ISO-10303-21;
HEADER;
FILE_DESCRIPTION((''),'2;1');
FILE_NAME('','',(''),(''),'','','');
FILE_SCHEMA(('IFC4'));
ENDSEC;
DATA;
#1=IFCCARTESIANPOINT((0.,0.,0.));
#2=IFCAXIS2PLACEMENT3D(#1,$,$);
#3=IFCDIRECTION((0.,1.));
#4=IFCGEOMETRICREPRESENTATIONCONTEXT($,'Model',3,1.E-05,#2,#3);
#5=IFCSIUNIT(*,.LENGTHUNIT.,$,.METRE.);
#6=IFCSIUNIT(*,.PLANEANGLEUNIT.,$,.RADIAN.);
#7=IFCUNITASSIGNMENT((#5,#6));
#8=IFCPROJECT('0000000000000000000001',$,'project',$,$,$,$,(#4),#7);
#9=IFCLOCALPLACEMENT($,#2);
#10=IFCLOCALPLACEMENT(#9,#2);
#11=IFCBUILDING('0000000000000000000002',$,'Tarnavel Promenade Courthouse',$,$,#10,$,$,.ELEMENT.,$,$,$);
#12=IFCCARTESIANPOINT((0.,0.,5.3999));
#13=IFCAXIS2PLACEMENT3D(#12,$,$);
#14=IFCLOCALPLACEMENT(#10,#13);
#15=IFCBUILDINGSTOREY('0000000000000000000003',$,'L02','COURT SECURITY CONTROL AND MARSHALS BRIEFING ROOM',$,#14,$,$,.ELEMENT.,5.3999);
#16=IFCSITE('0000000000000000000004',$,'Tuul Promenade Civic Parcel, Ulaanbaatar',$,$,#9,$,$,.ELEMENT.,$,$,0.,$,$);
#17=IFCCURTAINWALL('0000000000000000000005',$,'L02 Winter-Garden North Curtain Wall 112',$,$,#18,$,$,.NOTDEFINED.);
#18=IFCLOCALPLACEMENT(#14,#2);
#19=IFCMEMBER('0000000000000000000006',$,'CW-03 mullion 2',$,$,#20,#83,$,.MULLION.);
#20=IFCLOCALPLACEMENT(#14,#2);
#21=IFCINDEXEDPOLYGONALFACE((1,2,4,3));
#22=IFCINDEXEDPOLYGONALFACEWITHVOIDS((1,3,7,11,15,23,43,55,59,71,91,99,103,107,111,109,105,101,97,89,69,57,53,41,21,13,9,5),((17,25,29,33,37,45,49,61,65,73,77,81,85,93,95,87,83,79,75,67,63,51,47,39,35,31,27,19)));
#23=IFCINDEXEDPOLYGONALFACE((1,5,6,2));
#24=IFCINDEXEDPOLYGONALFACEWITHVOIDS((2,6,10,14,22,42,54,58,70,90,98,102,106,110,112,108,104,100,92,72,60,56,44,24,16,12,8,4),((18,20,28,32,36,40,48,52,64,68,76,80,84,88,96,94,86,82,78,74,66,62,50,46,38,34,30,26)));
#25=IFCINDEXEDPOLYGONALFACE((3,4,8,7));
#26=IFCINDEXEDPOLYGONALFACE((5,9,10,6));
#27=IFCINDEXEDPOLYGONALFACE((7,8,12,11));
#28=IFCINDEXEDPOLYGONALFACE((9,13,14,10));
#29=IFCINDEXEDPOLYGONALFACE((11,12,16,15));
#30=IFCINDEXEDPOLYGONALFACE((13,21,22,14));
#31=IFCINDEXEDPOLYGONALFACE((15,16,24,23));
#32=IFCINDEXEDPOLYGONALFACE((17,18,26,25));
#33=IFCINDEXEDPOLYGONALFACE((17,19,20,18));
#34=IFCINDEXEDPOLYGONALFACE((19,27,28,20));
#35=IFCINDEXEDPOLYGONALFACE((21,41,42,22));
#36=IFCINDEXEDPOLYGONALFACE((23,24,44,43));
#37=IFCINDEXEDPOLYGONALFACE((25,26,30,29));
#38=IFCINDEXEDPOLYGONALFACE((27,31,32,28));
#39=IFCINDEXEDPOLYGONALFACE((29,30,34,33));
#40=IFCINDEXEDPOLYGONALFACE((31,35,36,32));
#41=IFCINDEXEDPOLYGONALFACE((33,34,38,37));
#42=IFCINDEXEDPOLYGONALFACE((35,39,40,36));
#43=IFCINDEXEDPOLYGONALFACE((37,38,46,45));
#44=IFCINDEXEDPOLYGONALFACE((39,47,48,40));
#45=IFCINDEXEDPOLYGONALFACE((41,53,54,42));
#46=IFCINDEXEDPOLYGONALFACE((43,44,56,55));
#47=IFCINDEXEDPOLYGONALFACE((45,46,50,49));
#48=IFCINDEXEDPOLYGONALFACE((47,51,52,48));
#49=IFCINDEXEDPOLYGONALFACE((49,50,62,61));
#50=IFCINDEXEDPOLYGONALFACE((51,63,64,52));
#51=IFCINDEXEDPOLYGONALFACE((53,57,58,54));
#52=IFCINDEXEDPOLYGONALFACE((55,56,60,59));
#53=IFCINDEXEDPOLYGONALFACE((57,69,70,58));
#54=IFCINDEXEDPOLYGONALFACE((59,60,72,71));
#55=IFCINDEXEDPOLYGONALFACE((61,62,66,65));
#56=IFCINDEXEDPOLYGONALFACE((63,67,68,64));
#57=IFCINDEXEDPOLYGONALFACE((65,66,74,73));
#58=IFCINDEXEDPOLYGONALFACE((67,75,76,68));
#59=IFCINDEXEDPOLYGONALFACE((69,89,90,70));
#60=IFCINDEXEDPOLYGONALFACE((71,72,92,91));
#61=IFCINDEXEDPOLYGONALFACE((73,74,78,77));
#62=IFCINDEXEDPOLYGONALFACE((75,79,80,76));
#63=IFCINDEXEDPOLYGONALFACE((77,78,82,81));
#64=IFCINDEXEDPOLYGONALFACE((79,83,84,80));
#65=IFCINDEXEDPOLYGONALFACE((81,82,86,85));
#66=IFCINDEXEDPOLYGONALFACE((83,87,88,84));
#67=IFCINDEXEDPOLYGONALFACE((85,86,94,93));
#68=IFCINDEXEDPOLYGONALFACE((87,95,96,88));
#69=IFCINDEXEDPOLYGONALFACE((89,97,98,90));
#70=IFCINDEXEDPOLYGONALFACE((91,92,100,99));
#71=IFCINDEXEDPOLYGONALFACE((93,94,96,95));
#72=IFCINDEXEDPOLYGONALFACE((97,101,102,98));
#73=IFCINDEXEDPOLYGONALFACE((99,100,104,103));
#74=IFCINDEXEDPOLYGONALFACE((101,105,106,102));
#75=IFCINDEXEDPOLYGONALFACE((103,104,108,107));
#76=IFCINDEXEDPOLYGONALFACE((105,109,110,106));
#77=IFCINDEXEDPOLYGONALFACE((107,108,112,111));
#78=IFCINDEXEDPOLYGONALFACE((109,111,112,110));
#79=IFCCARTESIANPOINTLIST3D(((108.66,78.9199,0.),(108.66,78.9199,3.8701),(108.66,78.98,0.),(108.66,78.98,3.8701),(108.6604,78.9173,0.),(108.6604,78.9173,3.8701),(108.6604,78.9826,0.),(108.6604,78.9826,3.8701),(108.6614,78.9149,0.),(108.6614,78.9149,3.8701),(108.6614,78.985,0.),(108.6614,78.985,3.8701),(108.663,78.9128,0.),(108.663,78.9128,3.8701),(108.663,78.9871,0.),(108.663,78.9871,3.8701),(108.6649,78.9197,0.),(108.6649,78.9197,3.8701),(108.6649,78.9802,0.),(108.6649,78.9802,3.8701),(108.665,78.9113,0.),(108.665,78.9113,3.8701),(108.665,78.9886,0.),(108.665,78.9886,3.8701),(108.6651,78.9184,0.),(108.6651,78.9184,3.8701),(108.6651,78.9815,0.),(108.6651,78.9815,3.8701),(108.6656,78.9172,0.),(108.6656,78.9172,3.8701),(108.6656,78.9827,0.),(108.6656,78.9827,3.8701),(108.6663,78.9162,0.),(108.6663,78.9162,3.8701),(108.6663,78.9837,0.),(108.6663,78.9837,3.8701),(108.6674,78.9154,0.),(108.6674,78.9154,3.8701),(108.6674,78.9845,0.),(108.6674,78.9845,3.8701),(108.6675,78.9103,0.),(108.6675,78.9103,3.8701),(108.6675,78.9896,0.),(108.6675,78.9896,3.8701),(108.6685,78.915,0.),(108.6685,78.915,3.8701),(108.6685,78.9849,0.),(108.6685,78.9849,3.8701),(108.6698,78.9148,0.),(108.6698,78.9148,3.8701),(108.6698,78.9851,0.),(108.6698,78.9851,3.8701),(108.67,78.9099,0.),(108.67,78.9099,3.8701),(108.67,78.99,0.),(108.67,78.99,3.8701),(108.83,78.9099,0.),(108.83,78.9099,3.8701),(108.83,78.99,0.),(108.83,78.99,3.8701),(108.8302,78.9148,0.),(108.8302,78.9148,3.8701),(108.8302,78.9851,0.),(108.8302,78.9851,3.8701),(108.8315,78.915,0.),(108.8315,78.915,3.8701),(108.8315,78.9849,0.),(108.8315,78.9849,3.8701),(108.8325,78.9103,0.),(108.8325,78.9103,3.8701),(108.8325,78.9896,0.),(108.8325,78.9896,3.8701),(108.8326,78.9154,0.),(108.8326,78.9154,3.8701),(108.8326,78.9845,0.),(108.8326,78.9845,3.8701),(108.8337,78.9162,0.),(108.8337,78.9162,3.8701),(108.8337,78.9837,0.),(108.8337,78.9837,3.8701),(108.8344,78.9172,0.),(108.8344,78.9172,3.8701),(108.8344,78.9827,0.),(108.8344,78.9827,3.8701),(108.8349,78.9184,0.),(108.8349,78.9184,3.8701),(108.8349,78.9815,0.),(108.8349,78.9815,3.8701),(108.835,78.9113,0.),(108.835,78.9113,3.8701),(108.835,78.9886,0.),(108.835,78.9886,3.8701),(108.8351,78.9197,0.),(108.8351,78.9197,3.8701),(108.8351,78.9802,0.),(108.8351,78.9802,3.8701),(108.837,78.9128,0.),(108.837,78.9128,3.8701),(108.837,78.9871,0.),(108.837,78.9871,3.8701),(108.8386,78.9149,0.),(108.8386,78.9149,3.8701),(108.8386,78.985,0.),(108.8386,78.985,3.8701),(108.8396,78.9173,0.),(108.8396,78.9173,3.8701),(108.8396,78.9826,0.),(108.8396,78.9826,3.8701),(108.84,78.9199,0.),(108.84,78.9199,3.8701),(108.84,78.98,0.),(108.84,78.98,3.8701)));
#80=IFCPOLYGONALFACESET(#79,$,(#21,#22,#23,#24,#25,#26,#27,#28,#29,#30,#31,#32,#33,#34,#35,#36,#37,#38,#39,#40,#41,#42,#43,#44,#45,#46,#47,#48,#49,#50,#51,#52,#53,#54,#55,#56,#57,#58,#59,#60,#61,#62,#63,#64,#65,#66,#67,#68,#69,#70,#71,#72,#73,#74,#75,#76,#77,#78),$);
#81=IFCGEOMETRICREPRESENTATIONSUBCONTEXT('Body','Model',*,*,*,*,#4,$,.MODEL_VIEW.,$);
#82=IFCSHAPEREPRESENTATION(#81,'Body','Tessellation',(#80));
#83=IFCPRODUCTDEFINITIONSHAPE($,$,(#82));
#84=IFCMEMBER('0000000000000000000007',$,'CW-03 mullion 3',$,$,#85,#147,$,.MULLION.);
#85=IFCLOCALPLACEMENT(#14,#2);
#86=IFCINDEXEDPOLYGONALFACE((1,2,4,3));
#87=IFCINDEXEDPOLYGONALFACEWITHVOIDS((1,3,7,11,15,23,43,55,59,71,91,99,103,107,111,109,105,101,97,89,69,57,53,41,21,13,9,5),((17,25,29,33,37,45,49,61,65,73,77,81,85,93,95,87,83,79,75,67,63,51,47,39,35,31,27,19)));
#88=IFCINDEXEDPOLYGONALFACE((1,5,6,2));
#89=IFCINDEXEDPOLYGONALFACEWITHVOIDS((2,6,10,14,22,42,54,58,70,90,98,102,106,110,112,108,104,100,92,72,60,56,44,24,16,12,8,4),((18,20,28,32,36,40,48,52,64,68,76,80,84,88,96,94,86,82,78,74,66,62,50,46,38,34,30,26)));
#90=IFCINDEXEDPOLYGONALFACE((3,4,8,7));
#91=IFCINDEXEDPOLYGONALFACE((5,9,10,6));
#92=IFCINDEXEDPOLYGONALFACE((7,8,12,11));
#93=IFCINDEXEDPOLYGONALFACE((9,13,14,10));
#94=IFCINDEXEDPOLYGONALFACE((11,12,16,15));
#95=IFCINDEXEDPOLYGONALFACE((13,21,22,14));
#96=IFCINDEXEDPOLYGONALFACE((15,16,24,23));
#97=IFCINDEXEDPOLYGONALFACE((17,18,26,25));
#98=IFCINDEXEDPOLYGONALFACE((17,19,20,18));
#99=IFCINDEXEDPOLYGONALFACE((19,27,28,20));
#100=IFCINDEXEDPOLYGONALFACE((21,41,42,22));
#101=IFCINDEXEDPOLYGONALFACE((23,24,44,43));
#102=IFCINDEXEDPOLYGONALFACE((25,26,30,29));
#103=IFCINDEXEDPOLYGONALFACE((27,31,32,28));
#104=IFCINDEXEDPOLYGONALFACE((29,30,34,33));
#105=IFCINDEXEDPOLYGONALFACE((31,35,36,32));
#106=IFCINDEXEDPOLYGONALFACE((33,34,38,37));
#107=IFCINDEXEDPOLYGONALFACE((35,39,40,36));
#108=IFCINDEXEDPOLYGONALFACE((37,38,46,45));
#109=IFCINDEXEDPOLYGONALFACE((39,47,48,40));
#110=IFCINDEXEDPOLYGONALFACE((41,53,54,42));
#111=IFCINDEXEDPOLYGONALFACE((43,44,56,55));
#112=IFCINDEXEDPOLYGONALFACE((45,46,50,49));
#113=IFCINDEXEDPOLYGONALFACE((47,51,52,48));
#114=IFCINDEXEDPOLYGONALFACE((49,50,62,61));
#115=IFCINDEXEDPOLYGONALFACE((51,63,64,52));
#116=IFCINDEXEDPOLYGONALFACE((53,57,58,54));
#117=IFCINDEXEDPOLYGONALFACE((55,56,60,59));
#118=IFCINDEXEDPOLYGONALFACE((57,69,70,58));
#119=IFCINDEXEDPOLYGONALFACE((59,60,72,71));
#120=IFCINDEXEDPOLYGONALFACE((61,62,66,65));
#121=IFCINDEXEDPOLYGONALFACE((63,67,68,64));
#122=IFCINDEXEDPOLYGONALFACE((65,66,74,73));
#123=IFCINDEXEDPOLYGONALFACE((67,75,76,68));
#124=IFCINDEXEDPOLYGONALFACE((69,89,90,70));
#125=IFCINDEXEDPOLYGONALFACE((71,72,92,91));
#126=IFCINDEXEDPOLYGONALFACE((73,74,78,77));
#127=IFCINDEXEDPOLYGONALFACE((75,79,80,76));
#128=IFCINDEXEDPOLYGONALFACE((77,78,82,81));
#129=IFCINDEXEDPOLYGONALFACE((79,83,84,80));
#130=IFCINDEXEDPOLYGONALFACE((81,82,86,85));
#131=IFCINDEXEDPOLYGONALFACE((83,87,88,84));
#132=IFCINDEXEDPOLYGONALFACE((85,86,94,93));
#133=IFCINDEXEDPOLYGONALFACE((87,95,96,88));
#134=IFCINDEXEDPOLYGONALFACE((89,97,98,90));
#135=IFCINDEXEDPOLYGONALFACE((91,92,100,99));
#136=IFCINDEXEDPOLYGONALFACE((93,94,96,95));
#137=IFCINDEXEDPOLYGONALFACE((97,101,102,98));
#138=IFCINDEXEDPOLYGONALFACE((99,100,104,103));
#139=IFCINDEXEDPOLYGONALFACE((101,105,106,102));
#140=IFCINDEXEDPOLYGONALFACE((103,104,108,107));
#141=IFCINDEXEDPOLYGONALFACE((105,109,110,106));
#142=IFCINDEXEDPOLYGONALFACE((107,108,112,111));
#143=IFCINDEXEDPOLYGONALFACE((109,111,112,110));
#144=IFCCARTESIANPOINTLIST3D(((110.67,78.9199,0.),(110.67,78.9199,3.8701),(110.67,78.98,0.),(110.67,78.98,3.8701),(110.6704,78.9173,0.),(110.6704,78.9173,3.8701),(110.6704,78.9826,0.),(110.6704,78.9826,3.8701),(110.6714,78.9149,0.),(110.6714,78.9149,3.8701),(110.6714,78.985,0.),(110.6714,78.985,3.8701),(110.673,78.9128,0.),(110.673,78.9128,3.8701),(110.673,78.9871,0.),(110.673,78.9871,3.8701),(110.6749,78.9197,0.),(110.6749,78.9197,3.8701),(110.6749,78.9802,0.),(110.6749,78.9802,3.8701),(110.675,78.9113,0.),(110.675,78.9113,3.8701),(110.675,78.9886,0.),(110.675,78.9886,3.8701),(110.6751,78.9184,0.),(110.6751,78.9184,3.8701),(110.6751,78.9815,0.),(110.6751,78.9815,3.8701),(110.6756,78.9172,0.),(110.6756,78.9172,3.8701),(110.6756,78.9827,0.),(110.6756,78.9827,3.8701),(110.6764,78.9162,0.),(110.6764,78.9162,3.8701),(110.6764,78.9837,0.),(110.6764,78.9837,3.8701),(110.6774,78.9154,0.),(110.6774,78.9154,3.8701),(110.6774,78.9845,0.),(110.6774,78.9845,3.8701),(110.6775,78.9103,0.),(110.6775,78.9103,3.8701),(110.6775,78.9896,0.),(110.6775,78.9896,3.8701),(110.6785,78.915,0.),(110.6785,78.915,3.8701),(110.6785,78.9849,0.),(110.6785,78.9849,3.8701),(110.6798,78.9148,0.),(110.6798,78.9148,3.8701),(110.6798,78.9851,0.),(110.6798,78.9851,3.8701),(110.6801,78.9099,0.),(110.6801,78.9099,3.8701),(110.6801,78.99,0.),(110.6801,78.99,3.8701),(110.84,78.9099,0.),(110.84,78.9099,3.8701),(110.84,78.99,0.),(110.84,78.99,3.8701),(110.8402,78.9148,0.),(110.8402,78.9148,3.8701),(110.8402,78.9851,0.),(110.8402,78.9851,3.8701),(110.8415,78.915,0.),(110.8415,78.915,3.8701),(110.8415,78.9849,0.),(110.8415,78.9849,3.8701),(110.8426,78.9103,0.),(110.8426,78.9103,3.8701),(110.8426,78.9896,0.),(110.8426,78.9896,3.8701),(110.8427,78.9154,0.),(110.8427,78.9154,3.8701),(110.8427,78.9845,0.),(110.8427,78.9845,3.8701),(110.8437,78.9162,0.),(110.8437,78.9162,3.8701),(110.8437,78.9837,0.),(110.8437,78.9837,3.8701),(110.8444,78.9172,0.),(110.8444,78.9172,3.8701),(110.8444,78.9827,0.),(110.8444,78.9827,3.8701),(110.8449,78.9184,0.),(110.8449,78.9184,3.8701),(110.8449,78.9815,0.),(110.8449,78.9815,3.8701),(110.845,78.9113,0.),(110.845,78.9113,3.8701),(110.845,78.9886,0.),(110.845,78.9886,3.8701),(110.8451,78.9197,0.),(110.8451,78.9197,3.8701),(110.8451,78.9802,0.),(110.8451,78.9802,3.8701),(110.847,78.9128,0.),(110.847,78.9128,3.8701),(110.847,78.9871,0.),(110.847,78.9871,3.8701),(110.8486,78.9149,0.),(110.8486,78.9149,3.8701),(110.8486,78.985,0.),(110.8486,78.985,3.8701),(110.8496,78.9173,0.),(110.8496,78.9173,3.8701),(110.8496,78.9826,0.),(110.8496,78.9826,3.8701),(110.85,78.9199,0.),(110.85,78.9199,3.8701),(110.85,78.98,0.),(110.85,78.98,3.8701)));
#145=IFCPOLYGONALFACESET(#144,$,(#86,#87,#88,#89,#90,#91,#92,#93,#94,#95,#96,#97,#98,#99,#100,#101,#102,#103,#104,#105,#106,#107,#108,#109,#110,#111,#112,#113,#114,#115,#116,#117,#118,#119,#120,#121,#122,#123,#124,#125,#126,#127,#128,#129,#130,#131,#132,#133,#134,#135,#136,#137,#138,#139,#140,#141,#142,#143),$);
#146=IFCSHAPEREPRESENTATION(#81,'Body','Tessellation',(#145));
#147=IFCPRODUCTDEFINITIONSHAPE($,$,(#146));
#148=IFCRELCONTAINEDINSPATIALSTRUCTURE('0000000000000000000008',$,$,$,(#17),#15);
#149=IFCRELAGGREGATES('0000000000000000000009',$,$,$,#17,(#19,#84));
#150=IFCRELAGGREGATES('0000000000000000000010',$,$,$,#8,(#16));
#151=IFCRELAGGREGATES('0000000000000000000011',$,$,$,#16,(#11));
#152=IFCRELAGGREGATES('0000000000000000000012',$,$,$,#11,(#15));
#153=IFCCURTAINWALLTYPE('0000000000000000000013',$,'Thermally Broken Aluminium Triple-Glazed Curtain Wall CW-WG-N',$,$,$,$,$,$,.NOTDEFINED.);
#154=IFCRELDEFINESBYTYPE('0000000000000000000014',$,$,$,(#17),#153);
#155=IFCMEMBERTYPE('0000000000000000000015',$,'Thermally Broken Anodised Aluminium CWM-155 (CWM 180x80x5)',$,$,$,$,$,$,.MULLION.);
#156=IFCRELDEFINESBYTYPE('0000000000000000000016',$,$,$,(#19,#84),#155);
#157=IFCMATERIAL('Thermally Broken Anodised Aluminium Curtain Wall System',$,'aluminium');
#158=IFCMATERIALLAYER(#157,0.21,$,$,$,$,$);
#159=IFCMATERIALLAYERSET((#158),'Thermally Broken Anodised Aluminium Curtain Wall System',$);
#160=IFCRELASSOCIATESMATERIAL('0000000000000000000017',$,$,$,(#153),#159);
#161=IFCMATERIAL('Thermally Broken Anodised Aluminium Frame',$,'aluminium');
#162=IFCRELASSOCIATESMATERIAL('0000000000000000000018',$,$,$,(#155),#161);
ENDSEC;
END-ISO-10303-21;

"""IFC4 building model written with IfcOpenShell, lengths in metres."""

from ifc_helpers import new_model, si_unit, direction, frame, origin, origin_2d, place, context, subcontext, project, spatial, hollow_rectangle, extrude, material, layer, layer_set, material_profile, profile_set, type_object, element, aggregate, save


model = new_model("IFC4")

# Units and contexts
model_context = context("Model", 3, precision=1e-05, world=origin(), true_north=direction((0.0, 1.0)))
body_context = subcontext(model_context, "Body", "Model", "MODEL_VIEW")
ifc_project = project(units=[si_unit("LENGTHUNIT", "METRE"), si_unit("PLANEANGLEUNIT", "RADIAN")], contexts=[model_context])

# Site, building, storey
site_placement = place(None, origin())
site = spatial("IfcSite", under=ifc_project, at=site_placement, Name="Tuul Promenade Civic Parcel, Ulaanbaatar", CompositionType="ELEMENT", RefElevation=0.0)
building_placement = place(site_placement, origin())
building = spatial("IfcBuilding", under=site, at=building_placement, Name="Tarnavel Promenade Courthouse", CompositionType="ELEMENT")
storey_placement = place(building_placement, frame((0.0, 0.0, 5.3999)))
storey = spatial("IfcBuildingStorey", under=building, at=storey_placement, Name="L02", Description="COURT SECURITY CONTROL AND MARSHALS BRIEFING ROOM", CompositionType="ELEMENT", Elevation=5.3999)

# Curtain wall, members
ifc_material_1 = material(Name="Thermally Broken Anodised Aluminium Curtain Wall System", Category="aluminium")
ifc_layer_1 = layer(ifc_material_1, 0.21)
ifc_layer_set_1 = layer_set([ifc_layer_1], Name="Thermally Broken Anodised Aluminium Curtain Wall System")
curtain_wall_type_1 = type_object("IfcCurtainWallType", Name="Thermally Broken Aluminium Triple-Glazed Curtain Wall CW-WG-N", PredefinedType="NOTDEFINED", material=ifc_layer_set_1)
curtain_wall_1_placement = place(storey_placement, origin())
curtain_wall_1 = element("IfcCurtainWall", 1, at=curtain_wall_1_placement, inside=storey, type_object=curtain_wall_type_1, Name="L02 Winter-Garden North Curtain Wall 112", PredefinedType="NOTDEFINED")
ifc_material_2 = material(Name="Thermally Broken Anodised Aluminium Frame", Category="aluminium")
ifc_material_profile_1 = material_profile(ifc_material_2, hollow_rectangle(XDim=0.0801, YDim=0.1799, WallThickness=0.0049, InnerFilletRadius=0.0049, OuterFilletRadius=0.01, at=origin_2d()), Name="CWM 180x80x5")
ifc_profile_set_1 = profile_set([ifc_material_profile_1], Name="Thermally Broken Anodised Aluminium Frame")
member_type_1 = type_object("IfcMemberType", Name="Thermally Broken Anodised Aluminium CWM-155 (CWM 180x80x5)", PredefinedType="MULLION", material=ifc_profile_set_1)
member_1_placement = place(storey_placement, frame((108.75, 78.95, 0.0), z_axis=(0.0, 0.0, 1.0), x_axis=(0.0, 1.0, 0.0)))
member_1 = element("IfcMember", 2, at=member_1_placement, type_object=member_type_1, Name="CW-03 mullion 2", PredefinedType="MULLION", context=body_context, shape_type="SweptSolid", body=[
    extrude(hollow_rectangle(XDim=0.0801, YDim=0.1799, WallThickness=0.0049, InnerFilletRadius=0.0049, OuterFilletRadius=0.01, at=origin_2d()), origin(), (0.0, 0.0, 1.0), 3.8701),
])
member_2_placement = place(storey_placement, frame((110.76, 78.95, 0.0), z_axis=(0.0, 0.0, 1.0), x_axis=(0.0, 1.0, 0.0)))
member_2 = element("IfcMember", 3, at=member_2_placement, type_object=member_type_1, Name="CW-03 mullion 3", PredefinedType="MULLION", context=body_context, shape_type="SweptSolid", body=[
    extrude(hollow_rectangle(XDim=0.0801, YDim=0.1799, WallThickness=0.0049, InnerFilletRadius=0.0049, OuterFilletRadius=0.01, at=origin_2d()), origin(), (0.0, 0.0, 1.0), 3.8701),
])

aggregate(curtain_wall_1, [member_1, member_2])

save(model, "model.ifc")
